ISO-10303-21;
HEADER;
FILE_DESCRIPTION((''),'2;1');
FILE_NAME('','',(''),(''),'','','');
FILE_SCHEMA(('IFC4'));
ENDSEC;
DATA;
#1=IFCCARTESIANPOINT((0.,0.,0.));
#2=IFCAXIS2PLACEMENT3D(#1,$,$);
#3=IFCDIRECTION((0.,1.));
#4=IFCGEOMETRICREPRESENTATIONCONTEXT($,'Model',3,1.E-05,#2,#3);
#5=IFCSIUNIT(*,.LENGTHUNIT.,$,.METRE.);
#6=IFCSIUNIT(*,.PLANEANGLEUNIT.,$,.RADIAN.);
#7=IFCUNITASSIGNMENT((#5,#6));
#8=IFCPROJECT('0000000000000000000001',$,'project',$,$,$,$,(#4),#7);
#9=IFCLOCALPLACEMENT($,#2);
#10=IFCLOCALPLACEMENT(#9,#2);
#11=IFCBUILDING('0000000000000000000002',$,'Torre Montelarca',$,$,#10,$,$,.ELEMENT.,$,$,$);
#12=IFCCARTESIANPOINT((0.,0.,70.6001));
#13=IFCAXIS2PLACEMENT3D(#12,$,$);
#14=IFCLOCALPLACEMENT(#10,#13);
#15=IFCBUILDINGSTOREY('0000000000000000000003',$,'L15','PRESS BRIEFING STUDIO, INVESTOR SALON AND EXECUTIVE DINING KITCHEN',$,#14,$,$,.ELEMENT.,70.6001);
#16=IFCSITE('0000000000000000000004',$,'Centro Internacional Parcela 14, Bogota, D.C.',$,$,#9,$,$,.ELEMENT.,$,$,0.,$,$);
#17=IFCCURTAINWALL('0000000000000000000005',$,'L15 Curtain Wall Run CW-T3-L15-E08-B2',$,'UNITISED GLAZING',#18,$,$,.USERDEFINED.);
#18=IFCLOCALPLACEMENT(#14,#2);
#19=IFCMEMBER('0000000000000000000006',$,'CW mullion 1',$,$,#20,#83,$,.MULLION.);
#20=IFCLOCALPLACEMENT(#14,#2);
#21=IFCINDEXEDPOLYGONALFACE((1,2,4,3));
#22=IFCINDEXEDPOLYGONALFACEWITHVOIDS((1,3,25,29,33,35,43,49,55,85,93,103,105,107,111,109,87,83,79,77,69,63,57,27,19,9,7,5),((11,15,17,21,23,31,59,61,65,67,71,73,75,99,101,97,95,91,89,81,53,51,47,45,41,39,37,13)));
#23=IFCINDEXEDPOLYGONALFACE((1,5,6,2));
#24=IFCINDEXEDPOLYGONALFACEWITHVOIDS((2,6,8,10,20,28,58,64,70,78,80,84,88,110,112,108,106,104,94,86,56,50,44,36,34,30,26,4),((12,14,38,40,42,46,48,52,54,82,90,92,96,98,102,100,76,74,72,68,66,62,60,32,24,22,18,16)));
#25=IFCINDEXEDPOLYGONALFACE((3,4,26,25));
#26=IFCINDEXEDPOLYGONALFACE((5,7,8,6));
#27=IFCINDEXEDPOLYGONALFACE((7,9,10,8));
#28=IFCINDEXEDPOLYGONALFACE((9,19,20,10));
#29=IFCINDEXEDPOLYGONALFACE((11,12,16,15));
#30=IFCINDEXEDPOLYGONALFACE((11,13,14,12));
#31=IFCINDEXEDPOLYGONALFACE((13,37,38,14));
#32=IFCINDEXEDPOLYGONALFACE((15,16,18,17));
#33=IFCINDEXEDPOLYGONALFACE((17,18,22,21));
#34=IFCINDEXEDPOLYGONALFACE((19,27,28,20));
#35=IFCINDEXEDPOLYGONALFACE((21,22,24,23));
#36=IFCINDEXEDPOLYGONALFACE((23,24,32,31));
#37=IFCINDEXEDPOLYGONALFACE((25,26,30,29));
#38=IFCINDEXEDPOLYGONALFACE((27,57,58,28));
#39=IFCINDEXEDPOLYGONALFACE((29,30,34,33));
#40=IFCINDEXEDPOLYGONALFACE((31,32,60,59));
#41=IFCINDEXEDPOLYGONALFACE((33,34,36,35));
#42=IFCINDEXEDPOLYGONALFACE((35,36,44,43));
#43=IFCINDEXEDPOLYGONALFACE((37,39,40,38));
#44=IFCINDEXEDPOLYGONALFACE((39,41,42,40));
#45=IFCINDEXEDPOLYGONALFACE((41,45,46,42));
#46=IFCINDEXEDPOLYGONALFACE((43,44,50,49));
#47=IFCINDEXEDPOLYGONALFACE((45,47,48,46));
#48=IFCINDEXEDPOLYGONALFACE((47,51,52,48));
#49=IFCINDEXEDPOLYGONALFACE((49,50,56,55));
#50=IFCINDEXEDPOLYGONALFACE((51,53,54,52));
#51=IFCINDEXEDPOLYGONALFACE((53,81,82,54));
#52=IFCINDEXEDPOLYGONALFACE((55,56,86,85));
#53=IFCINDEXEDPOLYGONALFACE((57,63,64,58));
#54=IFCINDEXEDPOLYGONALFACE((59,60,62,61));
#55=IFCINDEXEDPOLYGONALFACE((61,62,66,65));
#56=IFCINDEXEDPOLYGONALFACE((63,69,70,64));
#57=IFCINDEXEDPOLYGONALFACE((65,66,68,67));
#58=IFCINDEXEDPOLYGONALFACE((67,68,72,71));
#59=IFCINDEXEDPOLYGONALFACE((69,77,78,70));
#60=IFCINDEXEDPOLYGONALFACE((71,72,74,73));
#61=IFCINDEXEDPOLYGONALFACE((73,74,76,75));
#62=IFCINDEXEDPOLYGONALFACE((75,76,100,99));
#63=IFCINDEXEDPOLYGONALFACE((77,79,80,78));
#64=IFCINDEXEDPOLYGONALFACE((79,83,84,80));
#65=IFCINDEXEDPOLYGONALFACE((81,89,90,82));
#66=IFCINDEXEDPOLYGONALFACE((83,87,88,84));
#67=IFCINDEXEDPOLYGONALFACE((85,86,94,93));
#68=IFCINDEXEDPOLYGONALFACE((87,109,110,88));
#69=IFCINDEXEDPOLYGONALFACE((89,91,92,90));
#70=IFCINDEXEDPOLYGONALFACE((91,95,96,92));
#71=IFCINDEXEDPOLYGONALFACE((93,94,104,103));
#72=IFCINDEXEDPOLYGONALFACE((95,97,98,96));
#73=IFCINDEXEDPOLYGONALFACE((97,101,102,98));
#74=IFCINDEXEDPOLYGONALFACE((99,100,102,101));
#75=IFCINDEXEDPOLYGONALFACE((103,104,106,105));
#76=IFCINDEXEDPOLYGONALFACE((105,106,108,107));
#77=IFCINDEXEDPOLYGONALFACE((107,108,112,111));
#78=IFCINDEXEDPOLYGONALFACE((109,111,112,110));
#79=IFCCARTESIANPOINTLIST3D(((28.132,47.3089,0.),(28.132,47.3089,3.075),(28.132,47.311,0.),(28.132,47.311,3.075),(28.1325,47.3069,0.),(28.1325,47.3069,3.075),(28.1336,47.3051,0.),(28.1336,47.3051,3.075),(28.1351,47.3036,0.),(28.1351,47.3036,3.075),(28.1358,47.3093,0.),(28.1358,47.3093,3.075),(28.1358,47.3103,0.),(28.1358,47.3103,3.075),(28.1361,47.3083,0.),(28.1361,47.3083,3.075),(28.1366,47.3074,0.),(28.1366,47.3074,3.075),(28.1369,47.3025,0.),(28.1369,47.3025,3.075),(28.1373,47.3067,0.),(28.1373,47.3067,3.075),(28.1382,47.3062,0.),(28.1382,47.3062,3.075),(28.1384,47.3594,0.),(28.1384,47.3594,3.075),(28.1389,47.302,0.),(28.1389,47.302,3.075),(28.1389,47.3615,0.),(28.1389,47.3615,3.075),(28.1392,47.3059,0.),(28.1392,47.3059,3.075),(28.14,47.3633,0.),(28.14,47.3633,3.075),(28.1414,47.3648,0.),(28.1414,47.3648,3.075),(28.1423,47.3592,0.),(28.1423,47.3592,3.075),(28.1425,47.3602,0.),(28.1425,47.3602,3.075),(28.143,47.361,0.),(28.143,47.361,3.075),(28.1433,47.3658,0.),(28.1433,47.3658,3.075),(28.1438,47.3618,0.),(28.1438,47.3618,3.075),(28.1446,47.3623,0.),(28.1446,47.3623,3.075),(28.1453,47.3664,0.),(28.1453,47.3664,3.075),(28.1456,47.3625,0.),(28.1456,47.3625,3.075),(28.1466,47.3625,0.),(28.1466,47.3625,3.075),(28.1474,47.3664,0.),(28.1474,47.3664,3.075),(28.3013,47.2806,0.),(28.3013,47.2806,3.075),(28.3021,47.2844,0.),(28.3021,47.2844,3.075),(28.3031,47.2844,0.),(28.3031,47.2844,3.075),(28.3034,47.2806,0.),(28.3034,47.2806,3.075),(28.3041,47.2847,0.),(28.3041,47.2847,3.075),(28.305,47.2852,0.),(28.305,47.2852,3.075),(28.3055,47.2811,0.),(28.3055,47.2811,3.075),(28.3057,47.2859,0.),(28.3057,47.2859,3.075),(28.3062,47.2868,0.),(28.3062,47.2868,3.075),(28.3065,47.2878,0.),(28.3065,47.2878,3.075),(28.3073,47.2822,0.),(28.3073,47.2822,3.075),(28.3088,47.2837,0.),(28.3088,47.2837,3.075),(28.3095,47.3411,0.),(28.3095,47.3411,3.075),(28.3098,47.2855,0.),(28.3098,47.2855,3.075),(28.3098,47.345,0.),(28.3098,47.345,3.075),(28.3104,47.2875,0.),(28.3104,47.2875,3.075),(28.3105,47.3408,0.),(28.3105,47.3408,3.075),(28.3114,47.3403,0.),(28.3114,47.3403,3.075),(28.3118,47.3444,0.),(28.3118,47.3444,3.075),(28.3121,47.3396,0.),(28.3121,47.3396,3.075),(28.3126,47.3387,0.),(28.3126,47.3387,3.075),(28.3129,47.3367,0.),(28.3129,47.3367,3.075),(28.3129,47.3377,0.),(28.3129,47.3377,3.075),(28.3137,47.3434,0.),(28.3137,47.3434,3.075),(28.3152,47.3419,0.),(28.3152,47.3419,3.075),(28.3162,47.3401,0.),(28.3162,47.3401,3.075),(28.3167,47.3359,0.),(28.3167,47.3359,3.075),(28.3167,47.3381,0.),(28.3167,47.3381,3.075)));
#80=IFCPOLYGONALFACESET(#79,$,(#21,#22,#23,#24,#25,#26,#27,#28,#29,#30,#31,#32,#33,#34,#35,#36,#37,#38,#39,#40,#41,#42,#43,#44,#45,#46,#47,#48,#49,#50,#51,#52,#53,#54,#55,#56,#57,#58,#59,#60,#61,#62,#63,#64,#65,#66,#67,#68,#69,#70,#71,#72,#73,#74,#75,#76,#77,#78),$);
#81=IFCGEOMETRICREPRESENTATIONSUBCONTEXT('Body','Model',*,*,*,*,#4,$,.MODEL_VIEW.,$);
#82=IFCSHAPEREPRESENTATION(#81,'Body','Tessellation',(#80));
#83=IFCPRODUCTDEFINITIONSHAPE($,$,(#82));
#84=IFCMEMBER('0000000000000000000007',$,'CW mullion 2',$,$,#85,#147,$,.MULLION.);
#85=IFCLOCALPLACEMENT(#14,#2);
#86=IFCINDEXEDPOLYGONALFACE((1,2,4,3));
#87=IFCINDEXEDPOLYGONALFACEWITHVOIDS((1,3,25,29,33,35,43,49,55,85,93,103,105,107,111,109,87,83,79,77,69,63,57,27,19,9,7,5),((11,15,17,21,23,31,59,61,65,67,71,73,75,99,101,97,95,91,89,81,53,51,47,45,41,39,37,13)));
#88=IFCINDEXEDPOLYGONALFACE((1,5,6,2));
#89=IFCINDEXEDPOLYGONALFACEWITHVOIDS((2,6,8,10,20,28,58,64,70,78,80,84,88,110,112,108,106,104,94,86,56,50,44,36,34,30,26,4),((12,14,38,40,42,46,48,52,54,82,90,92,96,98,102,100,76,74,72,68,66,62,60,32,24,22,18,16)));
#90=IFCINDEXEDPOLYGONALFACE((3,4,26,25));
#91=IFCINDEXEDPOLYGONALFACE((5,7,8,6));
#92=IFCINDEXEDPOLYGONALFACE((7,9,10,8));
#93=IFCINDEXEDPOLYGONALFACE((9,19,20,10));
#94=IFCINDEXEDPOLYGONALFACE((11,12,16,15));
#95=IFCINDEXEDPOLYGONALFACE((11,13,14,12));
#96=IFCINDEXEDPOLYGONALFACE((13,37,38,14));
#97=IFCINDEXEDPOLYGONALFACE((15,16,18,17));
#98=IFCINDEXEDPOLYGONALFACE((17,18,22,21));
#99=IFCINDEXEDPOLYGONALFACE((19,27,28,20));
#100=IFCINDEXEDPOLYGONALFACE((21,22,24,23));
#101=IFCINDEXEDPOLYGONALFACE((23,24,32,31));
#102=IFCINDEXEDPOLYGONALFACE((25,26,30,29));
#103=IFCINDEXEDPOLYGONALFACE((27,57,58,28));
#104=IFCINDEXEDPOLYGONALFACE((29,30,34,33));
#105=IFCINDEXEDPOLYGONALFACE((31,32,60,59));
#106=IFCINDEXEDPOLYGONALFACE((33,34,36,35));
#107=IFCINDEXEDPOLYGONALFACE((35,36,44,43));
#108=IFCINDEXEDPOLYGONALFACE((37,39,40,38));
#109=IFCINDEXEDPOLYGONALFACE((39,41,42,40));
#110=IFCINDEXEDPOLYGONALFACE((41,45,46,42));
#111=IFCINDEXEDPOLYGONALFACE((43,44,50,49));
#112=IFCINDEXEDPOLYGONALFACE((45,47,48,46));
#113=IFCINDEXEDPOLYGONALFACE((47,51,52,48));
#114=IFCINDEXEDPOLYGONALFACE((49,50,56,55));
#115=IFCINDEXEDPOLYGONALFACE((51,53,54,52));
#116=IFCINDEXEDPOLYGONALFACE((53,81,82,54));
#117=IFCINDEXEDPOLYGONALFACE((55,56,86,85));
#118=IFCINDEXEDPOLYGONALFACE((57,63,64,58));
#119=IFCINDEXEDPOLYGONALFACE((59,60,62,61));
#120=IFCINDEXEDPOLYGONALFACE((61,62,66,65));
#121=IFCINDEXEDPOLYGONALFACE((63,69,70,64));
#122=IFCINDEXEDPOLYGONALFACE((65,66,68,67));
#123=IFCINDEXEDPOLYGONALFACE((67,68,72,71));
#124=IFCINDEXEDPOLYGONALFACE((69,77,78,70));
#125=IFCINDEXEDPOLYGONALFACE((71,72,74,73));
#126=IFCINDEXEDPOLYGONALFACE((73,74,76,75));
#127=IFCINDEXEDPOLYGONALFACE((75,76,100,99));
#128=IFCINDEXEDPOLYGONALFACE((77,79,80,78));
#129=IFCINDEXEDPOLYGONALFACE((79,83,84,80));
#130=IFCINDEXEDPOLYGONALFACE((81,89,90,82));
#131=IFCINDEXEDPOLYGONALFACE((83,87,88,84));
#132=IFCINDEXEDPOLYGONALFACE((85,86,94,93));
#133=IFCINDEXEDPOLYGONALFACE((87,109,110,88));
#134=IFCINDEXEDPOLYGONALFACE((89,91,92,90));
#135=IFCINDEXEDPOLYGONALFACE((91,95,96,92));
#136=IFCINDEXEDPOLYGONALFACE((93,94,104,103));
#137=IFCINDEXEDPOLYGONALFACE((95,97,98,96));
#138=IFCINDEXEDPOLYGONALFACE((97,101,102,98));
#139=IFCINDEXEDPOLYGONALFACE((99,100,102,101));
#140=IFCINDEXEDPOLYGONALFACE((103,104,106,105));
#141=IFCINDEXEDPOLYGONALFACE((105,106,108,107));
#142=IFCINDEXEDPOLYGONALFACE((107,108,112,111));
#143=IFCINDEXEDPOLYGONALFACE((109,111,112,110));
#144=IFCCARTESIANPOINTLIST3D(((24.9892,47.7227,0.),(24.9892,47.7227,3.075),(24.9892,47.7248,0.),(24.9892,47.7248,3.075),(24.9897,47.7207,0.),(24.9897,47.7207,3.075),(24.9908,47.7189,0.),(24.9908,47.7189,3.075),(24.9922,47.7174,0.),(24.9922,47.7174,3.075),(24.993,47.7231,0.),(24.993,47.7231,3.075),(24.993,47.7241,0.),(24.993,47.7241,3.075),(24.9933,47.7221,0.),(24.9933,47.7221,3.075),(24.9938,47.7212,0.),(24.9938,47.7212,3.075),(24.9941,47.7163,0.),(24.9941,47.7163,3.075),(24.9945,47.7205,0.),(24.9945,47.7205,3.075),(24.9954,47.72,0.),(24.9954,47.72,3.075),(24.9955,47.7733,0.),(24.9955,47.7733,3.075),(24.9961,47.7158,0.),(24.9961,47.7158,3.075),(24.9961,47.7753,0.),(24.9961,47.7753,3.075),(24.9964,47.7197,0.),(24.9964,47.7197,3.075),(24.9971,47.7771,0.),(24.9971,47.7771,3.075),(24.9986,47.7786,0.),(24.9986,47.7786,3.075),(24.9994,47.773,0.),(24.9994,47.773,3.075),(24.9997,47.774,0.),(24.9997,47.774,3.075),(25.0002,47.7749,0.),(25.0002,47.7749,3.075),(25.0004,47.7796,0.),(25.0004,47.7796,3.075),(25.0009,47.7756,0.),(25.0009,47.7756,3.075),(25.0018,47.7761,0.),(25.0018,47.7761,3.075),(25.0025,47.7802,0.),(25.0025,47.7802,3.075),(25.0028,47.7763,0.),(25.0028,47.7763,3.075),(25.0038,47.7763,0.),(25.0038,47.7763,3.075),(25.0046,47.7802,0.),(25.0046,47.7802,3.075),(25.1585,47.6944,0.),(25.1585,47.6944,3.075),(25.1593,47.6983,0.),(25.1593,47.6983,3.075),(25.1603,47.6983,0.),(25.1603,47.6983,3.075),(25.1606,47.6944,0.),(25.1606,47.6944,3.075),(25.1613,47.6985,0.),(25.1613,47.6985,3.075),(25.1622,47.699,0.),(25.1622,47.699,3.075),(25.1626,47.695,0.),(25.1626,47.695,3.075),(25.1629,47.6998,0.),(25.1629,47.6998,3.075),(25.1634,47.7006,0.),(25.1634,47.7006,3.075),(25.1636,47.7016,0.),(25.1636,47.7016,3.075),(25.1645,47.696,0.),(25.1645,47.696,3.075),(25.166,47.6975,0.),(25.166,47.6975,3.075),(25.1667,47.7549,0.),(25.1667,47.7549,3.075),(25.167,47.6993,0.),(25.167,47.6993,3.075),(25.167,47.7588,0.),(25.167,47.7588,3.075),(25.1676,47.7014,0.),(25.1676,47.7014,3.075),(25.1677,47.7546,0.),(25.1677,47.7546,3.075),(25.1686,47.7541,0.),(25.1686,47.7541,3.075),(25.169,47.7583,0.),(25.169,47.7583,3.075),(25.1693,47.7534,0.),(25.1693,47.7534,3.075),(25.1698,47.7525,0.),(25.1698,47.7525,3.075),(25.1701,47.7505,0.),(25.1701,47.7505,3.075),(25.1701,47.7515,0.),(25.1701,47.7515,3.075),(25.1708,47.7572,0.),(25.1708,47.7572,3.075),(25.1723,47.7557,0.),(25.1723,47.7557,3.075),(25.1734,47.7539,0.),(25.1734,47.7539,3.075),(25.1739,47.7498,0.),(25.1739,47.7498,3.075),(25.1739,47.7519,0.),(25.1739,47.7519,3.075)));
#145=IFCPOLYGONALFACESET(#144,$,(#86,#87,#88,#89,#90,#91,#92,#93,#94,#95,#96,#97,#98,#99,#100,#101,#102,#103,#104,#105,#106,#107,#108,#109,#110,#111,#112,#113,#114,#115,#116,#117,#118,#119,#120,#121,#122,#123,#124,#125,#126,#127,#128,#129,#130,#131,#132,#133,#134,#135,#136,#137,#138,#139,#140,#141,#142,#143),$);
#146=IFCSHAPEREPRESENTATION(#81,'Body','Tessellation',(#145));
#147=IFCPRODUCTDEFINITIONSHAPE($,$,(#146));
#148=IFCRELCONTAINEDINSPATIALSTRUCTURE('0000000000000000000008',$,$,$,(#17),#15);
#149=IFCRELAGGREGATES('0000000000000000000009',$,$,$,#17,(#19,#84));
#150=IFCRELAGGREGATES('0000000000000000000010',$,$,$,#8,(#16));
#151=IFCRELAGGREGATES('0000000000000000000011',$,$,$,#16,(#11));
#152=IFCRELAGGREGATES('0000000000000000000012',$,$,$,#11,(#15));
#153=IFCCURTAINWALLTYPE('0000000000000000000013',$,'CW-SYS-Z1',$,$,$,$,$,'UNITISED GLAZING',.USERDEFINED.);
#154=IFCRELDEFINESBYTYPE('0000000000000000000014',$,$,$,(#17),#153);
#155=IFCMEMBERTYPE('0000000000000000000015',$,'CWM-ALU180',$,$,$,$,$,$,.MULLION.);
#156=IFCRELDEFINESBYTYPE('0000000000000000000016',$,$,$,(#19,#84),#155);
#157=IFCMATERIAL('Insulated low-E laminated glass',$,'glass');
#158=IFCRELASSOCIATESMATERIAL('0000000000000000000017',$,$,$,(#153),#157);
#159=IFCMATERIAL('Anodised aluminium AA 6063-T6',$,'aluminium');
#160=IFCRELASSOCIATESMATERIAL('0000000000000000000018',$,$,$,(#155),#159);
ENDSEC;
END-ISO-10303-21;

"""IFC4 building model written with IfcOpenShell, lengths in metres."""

from ifc_helpers import new_model, si_unit, direction, frame, origin, origin_2d, place, context, subcontext, project, spatial, hollow_rectangle, extrude, source, transform, mapped, material, material_profile, profile_set, type_object, element, aggregate, save


model = new_model("IFC4")

# Units and contexts
model_context = context("Model", 3, precision=1e-05, world=origin(), true_north=direction((0.0, 1.0)))
body_context = subcontext(model_context, "Body", "Model", "MODEL_VIEW")
ifc_project = project(units=[si_unit("LENGTHUNIT", "METRE"), si_unit("PLANEANGLEUNIT", "RADIAN")], contexts=[model_context])

# Site, building, storey
site_placement = place(None, origin())
site = spatial("IfcSite", under=ifc_project, at=site_placement, Name="Centro Internacional Parcela 14, Bogota, D.C.", CompositionType="ELEMENT", RefElevation=0.0)
building_placement = place(site_placement, origin())
building = spatial("IfcBuilding", under=site, at=building_placement, Name="Torre Montelarca", CompositionType="ELEMENT")
storey_placement = place(building_placement, frame((0.0, 0.0, 70.6001)))
storey = spatial("IfcBuildingStorey", under=building, at=storey_placement, Name="L15", Description="PRESS BRIEFING STUDIO, INVESTOR SALON AND EXECUTIVE DINING KITCHEN", CompositionType="ELEMENT", Elevation=70.6001)

# Curtain wall
ifc_material_1 = material(Name="Insulated low-E laminated glass", Category="glass")
curtain_wall_type = type_object("IfcCurtainWallType", Name="CW-SYS-Z1", ElementType="UNITISED GLAZING", PredefinedType="USERDEFINED", material=ifc_material_1)
curtain_wall_1_placement = place(storey_placement, origin())
curtain_wall_1 = element("IfcCurtainWall", 1, at=curtain_wall_1_placement, inside=storey, type_object=curtain_wall_type, Name="L15 Curtain Wall Run CW-T3-L15-E08-B2", ObjectType="UNITISED GLAZING", PredefinedType="USERDEFINED")
ifc_material_2 = material(Name="Anodised aluminium AA 6063-T6", Category="aluminium")

# Shared definitions
ifc_material_profile_1 = material_profile(ifc_material_2, hollow_rectangle(XDim=0.0649, YDim=0.1799, WallThickness=0.0039, InnerFilletRadius=0.0039, OuterFilletRadius=0.0081, at=origin_2d()), Name="ALU65X180X4", Category="aluminium")
ifc_profile_set_1 = profile_set([ifc_material_profile_1], Name="Anodised aluminium AA 6063-T6")
member_type_1 = type_object("IfcMemberType", Name="CWM-ALU180", PredefinedType="MULLION", material=ifc_profile_set_1)
shared_shape_1 = source(origin(), body_context, "Body", "SweptSolid", [
    extrude(hollow_rectangle(XDim=0.0649, YDim=0.1799, WallThickness=0.0039, InnerFilletRadius=0.0039, OuterFilletRadius=0.0081, at=origin_2d()), origin(), (0.0, 0.0, 1.0), 3.075),
])

# Members
member_1_placement = place(storey_placement, frame((28.2244, 47.3235, 0.0), z_axis=(0.0, 0.0, 1.0), x_axis=(-0.130521, -0.991446, 0.0)))
member_1 = element("IfcMember", 2, at=member_1_placement, type_object=member_type_1, Name="CW mullion 1", PredefinedType="MULLION", context=body_context, shape_type="MappedRepresentation", body=[
    mapped(shared_shape_1, transform((0.0, 0.0, 0.0), scale=1.0)),
])
member_2_placement = place(storey_placement, frame((25.0815, 47.7373, 0.0), z_axis=(0.0, 0.0, 1.0), x_axis=(-0.130521, -0.991446, 0.0)))
member_2 = element("IfcMember", 3, at=member_2_placement, type_object=member_type_1, Name="CW mullion 2", PredefinedType="MULLION", context=body_context, shape_type="MappedRepresentation", body=[
    mapped(shared_shape_1, transform((0.0, 0.0, 0.0), scale=1.0)),
])

aggregate(curtain_wall_1, [member_1, member_2])

save(model, "model.ifc")
